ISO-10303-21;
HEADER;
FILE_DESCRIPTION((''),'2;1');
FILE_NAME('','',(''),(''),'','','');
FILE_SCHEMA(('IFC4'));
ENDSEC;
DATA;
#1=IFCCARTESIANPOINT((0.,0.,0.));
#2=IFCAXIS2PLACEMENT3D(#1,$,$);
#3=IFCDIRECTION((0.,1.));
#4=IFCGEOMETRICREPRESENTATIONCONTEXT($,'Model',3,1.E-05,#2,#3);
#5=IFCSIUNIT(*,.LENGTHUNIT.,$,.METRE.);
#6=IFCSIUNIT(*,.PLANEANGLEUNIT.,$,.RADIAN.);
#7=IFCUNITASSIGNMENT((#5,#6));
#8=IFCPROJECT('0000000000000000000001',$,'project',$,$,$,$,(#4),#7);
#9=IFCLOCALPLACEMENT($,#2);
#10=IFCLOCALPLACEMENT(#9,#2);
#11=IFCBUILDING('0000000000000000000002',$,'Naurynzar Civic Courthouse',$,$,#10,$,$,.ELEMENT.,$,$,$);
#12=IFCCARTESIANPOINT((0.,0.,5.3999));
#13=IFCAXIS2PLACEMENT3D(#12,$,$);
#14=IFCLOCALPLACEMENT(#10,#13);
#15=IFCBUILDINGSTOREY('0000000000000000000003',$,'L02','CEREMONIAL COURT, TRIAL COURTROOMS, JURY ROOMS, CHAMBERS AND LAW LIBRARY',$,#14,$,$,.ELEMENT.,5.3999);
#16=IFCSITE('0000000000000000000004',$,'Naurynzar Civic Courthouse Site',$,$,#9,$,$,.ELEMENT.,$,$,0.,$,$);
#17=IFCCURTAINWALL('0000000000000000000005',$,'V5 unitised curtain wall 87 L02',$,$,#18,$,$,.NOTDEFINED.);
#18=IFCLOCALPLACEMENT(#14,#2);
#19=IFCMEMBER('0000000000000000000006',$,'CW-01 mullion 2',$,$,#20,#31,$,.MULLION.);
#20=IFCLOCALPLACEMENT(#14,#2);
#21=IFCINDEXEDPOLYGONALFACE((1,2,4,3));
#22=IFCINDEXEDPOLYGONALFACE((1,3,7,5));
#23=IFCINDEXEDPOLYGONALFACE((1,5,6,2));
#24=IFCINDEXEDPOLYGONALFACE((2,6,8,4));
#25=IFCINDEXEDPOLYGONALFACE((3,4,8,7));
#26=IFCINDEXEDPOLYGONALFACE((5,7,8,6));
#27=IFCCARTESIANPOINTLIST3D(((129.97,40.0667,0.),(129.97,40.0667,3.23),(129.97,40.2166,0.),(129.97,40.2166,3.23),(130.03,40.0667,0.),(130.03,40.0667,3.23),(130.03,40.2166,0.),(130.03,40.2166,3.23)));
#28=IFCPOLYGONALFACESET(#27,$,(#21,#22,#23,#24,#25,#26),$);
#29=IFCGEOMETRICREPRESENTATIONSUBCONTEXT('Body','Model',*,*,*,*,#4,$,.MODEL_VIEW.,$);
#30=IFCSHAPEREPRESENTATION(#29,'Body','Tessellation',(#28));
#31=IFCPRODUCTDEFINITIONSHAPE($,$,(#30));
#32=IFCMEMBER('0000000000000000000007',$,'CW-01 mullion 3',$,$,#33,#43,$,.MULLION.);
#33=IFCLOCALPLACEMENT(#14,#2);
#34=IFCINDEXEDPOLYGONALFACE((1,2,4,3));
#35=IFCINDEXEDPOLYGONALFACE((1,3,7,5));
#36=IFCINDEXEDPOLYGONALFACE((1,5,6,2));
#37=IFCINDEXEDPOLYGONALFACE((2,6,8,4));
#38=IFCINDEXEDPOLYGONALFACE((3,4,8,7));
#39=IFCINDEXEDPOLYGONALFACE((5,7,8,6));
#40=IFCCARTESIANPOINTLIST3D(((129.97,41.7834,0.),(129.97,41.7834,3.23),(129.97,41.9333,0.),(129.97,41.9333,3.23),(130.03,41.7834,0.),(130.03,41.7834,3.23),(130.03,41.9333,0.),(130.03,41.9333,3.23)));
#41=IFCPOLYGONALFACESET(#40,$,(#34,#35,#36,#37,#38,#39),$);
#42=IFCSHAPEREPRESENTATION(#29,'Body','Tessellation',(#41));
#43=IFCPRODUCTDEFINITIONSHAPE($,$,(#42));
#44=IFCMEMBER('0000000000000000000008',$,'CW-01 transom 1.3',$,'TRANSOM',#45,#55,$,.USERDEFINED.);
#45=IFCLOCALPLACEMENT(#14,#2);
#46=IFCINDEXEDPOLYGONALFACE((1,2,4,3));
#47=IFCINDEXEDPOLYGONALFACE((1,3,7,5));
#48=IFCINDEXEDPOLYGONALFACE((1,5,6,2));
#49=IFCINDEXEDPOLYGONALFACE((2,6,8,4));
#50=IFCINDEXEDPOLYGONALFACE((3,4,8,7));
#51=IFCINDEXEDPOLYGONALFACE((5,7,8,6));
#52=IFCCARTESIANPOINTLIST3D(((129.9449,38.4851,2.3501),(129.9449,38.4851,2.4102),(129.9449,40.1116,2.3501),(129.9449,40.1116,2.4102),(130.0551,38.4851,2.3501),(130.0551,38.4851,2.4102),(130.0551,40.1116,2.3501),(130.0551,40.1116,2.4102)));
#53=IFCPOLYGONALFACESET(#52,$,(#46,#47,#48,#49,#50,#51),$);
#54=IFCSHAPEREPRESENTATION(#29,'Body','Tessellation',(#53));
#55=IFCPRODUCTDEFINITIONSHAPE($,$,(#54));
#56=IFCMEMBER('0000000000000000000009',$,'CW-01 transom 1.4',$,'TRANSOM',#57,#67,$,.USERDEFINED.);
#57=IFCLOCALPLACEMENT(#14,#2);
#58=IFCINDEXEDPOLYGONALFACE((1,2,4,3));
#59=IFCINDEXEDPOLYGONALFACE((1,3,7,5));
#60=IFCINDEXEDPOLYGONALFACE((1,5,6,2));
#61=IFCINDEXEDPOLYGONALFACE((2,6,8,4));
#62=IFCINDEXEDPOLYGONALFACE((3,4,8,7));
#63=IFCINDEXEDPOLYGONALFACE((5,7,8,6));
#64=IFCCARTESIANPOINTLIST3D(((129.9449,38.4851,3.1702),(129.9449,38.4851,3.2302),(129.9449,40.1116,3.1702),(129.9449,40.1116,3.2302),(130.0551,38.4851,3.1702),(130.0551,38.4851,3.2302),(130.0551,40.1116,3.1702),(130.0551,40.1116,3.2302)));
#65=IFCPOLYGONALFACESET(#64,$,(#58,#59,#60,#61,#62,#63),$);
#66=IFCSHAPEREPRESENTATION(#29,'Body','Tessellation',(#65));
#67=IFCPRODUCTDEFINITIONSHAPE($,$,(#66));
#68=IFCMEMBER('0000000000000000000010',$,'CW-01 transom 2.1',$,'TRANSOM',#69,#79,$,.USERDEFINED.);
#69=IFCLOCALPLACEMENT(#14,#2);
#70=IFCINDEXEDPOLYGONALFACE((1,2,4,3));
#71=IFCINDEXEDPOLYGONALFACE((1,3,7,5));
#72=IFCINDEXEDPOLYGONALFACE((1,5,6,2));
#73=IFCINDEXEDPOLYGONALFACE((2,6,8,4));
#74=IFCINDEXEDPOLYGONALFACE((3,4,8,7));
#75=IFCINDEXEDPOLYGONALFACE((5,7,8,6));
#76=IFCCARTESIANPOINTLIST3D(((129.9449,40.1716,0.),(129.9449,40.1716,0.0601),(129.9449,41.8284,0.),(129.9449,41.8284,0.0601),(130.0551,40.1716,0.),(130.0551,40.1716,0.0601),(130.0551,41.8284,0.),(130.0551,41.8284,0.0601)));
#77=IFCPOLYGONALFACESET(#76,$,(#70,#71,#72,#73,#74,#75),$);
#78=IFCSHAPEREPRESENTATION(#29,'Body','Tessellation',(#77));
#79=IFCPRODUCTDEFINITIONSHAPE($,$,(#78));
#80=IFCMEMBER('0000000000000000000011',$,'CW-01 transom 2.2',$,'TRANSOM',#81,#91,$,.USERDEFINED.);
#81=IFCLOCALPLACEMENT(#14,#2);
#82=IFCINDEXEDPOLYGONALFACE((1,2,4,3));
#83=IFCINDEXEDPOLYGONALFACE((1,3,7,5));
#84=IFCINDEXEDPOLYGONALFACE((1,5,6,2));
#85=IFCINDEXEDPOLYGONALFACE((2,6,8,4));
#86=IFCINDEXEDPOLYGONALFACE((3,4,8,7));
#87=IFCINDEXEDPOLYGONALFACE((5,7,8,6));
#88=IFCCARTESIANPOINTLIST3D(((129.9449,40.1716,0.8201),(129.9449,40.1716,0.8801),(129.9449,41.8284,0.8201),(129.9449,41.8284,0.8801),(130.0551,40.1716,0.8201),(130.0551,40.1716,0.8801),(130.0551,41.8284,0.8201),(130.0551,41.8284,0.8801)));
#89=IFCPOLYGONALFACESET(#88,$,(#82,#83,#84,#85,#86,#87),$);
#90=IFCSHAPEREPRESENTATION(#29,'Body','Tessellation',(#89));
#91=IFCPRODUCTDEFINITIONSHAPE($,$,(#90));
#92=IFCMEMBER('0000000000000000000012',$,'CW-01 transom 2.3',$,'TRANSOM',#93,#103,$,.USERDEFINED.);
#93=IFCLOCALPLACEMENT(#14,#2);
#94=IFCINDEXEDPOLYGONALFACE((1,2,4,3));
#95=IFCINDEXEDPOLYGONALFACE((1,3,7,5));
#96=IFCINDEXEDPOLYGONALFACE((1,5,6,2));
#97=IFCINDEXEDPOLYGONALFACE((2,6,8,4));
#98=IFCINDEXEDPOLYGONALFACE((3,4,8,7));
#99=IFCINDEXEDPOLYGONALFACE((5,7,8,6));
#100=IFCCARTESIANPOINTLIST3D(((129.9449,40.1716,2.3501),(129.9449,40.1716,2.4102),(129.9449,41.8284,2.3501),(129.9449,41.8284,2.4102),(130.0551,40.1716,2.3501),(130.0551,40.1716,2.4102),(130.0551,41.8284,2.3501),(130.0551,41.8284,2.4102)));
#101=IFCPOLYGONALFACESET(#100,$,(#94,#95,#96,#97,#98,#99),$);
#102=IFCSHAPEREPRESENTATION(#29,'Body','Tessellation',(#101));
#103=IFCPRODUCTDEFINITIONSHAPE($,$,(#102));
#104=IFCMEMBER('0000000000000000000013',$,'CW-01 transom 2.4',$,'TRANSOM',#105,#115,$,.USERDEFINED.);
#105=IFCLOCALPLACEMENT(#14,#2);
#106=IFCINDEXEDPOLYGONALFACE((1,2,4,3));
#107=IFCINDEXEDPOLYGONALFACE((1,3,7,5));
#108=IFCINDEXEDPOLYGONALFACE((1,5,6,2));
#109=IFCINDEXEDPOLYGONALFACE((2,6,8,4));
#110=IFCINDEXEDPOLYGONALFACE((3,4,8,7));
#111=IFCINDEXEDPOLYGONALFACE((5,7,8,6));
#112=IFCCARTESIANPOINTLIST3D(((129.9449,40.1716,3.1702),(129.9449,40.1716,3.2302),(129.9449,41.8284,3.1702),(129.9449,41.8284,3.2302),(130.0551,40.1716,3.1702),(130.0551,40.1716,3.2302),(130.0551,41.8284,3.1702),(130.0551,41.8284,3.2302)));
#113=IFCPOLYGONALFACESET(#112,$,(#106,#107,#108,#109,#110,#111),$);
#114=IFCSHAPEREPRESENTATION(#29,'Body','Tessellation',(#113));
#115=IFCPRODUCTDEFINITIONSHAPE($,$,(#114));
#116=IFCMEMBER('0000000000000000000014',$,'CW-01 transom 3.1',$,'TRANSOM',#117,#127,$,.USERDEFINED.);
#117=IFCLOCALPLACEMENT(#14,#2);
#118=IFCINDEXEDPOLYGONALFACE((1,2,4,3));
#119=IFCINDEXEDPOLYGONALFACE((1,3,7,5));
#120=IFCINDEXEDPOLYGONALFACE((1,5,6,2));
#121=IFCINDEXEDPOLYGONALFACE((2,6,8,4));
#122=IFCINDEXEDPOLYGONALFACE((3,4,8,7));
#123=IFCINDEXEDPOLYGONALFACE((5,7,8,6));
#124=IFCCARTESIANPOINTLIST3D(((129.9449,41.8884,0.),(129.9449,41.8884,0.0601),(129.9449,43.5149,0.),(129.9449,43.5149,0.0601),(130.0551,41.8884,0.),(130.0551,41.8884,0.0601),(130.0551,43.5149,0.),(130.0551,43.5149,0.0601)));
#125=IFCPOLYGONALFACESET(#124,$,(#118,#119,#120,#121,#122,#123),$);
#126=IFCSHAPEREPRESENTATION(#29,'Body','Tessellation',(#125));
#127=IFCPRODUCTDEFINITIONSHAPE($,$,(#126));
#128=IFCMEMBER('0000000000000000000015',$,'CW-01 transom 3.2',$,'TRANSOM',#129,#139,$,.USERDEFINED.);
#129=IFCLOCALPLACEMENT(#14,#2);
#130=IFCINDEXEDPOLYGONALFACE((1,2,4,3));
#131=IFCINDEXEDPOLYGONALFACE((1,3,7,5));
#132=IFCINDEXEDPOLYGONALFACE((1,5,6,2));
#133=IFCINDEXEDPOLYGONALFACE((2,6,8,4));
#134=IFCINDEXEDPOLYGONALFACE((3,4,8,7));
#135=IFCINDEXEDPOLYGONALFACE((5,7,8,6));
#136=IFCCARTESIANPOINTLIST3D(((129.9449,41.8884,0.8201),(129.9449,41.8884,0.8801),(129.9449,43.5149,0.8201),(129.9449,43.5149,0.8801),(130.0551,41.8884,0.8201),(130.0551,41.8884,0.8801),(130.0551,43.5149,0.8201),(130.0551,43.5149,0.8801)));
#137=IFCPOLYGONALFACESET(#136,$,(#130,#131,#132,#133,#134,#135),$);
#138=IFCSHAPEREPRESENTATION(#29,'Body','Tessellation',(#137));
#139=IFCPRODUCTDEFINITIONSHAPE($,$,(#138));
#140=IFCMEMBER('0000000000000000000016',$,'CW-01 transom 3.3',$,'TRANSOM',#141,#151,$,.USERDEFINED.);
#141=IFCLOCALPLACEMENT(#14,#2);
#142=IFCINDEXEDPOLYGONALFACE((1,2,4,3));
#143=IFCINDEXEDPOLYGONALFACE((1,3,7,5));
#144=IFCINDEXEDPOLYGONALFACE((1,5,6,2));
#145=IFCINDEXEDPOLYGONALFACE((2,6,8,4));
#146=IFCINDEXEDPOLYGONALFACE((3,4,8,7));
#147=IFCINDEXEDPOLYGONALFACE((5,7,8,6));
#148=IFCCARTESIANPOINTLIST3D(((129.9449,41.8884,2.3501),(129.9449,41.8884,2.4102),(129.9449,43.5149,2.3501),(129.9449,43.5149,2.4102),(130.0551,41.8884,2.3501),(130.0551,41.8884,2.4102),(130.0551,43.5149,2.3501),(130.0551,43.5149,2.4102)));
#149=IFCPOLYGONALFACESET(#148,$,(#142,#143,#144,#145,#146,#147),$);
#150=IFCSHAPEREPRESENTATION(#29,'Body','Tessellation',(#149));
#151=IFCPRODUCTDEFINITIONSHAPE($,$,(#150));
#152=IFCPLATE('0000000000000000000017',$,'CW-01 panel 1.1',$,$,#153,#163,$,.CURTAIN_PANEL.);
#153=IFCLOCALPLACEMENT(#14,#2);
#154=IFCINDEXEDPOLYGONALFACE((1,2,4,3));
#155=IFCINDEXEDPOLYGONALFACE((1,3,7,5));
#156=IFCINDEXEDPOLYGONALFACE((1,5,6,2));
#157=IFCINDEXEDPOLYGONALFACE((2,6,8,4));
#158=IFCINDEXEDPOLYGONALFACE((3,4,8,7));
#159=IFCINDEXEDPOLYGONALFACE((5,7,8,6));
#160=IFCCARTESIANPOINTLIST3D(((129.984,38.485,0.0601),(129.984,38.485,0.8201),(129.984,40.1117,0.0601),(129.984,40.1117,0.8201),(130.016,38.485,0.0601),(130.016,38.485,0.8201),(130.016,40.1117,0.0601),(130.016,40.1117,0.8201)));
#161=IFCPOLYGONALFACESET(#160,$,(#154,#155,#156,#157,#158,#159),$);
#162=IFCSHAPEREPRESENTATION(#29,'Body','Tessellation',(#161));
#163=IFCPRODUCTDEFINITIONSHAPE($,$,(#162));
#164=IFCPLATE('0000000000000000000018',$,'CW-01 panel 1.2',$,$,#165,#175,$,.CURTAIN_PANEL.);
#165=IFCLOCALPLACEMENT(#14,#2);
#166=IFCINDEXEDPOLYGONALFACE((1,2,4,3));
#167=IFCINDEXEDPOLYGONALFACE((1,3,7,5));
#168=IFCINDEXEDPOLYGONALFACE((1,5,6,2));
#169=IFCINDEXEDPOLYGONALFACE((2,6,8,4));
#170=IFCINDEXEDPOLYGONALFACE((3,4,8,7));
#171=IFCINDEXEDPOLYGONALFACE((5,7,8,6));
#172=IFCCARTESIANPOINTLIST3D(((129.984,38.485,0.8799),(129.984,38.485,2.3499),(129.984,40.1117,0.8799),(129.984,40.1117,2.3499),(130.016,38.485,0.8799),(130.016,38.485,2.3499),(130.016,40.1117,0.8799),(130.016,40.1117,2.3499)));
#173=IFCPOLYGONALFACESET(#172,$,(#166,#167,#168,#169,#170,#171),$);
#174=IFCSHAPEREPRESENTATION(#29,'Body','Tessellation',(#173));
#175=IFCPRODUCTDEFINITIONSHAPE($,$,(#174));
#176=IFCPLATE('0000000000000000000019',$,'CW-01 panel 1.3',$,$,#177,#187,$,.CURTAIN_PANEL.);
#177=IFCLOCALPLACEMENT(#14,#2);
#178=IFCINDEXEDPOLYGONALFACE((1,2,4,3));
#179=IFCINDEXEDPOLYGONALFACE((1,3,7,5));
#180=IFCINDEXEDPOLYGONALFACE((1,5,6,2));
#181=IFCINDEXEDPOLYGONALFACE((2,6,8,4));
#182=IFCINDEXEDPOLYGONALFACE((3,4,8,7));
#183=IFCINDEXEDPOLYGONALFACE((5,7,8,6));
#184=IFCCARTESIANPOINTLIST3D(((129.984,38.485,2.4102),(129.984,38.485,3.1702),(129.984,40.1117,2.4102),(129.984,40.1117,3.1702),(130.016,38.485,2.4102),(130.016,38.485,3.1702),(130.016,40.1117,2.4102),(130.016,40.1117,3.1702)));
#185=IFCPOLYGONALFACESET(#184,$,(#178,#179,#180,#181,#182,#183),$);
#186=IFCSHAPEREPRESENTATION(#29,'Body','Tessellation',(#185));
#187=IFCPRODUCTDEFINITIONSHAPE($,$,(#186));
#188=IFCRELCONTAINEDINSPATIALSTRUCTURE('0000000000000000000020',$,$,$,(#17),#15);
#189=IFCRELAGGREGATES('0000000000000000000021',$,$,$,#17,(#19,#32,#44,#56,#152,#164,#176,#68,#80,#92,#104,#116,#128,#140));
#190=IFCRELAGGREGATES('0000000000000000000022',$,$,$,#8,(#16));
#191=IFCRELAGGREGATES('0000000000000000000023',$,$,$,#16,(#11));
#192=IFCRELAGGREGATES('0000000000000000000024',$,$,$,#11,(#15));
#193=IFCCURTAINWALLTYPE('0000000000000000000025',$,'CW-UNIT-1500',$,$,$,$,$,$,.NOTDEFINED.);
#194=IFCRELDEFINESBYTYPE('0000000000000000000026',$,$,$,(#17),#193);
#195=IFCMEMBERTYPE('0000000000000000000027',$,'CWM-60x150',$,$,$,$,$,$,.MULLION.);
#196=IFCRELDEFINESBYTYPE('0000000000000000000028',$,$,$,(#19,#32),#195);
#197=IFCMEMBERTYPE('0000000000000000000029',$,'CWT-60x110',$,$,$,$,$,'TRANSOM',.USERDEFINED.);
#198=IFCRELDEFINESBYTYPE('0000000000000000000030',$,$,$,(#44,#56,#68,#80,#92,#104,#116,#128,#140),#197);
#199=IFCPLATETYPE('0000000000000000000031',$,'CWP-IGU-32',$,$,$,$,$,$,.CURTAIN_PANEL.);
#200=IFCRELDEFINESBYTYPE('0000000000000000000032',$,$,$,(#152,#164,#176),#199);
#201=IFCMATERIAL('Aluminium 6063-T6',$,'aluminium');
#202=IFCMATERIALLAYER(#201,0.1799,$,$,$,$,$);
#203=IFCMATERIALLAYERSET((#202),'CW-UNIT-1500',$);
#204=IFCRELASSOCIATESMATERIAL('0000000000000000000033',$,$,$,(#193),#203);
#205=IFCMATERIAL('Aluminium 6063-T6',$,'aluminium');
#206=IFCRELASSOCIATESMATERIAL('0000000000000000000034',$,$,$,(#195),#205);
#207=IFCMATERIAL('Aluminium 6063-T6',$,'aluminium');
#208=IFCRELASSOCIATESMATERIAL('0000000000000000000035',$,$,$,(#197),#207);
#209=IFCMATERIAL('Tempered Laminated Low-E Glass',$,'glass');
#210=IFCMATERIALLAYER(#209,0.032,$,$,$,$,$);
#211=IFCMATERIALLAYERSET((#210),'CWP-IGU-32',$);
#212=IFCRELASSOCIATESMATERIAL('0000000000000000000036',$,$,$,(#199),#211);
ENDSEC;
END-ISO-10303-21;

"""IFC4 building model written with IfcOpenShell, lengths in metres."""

from ifc_helpers import new_model, si_unit, direction, frame, origin, origin_2d, place, context, subcontext, project, spatial, rectangle, extrude, material, layer, layer_set, material_profile, profile_set, type_object, element, aggregate, save


model = new_model("IFC4")

# Units and contexts
model_context = context("Model", 3, precision=1e-05, world=origin(), true_north=direction((0.0, 1.0)))
body_context = subcontext(model_context, "Body", "Model", "MODEL_VIEW")
ifc_project = project(units=[si_unit("LENGTHUNIT", "METRE"), si_unit("PLANEANGLEUNIT", "RADIAN")], contexts=[model_context])

# Site, building, storey
site_placement = place(None, origin())
site = spatial("IfcSite", under=ifc_project, at=site_placement, Name="Naurynzar Civic Courthouse Site", CompositionType="ELEMENT", RefElevation=0.0)
building_placement = place(site_placement, origin())
building = spatial("IfcBuilding", under=site, at=building_placement, Name="Naurynzar Civic Courthouse", CompositionType="ELEMENT")
storey_placement = place(building_placement, frame((0.0, 0.0, 5.3999)))
storey = spatial("IfcBuildingStorey", under=building, at=storey_placement, Name="L02", Description="CEREMONIAL COURT, TRIAL COURTROOMS, JURY ROOMS, CHAMBERS AND LAW LIBRARY", CompositionType="ELEMENT", Elevation=5.3999)

# Curtain wall, members, plates
ifc_material_1 = material(Name="Aluminium 6063-T6", Category="aluminium")
ifc_layer_1 = layer(ifc_material_1, 0.1799)
ifc_layer_set_1 = layer_set([ifc_layer_1], Name="CW-UNIT-1500")
curtain_wall_type = type_object("IfcCurtainWallType", Name="CW-UNIT-1500", PredefinedType="NOTDEFINED", material=ifc_layer_set_1)
curtain_wall_placement = place(storey_placement, origin())
curtain_wall = element("IfcCurtainWall", 1, at=curtain_wall_placement, inside=storey, type_object=curtain_wall_type, Name="V5 unitised curtain wall 87 L02", PredefinedType="NOTDEFINED")
ifc_material_2 = material(Name="Aluminium 6063-T6", Category="aluminium")
ifc_material_profile_1 = material_profile(ifc_material_2, rectangle(XDim=0.0601, YDim=0.1499, at=origin_2d()), Name="ALU MULLION 60x150")
ifc_profile_set_1 = profile_set([ifc_material_profile_1], Name="Aluminium 6063-T6")
member_type_1 = type_object("IfcMemberType", Name="CWM-60x150", PredefinedType="MULLION", material=ifc_profile_set_1)
member_1_placement = place(storey_placement, frame((130.0, 40.1416, 0.0), z_axis=(0.0, 0.0, 1.0), x_axis=(-1.0, 0.0, 0.0)))
member_1 = element("IfcMember", 2, at=member_1_placement, type_object=member_type_1, Name="CW-01 mullion 2", PredefinedType="MULLION", context=body_context, shape_type="SweptSolid", body=[
    extrude(rectangle(XDim=0.0601, YDim=0.1499, at=origin_2d()), origin(), (0.0, 0.0, 1.0), 3.23),
])
member_2_placement = place(storey_placement, frame((130.0, 41.8584, 0.0), z_axis=(0.0, 0.0, 1.0), x_axis=(-1.0, 0.0, 0.0)))
member_2 = element("IfcMember", 3, at=member_2_placement, type_object=member_type_1, Name="CW-01 mullion 3", PredefinedType="MULLION", context=body_context, shape_type="SweptSolid", body=[
    extrude(rectangle(XDim=0.0601, YDim=0.1499, at=origin_2d()), origin(), (0.0, 0.0, 1.0), 3.23),
])
ifc_material_3 = material(Name="Aluminium 6063-T6", Category="aluminium")
ifc_material_profile_2 = material_profile(ifc_material_3, rectangle(XDim=0.1101, YDim=0.0601, at=origin_2d()), Name="ALU TRANSOM 60x110")
ifc_profile_set_2 = profile_set([ifc_material_profile_2], Name="Aluminium 6063-T6")
member_type_2 = type_object("IfcMemberType", Name="CWT-60x110", ElementType="TRANSOM", PredefinedType="USERDEFINED", material=ifc_profile_set_2)
member_3_placement = place(storey_placement, frame((130.0, 38.4851, 2.3801), z_axis=(0.0, 1.0, 0.0), x_axis=(-1.0, 0.0, 0.0)))
member_3 = element("IfcMember", 4, at=member_3_placement, type_object=member_type_2, Name="CW-01 transom 1.3", ObjectType="TRANSOM", PredefinedType="USERDEFINED", context=body_context, shape_type="SweptSolid", body=[
    extrude(rectangle(XDim=0.1101, YDim=0.0601, at=origin_2d()), origin(), (0.0, 0.0, 1.0), 1.6265),
])
member_4_placement = place(storey_placement, frame((130.0, 38.4851, 3.2002), z_axis=(0.0, 1.0, 0.0), x_axis=(-1.0, 0.0, 0.0)))
member_4 = element("IfcMember", 5, at=member_4_placement, type_object=member_type_2, Name="CW-01 transom 1.4", ObjectType="TRANSOM", PredefinedType="USERDEFINED", context=body_context, shape_type="SweptSolid", body=[
    extrude(rectangle(XDim=0.1101, YDim=0.0601, at=origin_2d()), origin(), (0.0, 0.0, 1.0), 1.6265),
])
member_5_placement = place(storey_placement, frame((130.0, 40.1716, 0.03), z_axis=(0.0, 1.0, 0.0), x_axis=(-1.0, 0.0, 0.0)))
member_5 = element("IfcMember", 6, at=member_5_placement, type_object=member_type_2, Name="CW-01 transom 2.1", ObjectType="TRANSOM", PredefinedType="USERDEFINED", context=body_context, shape_type="SweptSolid", body=[
    extrude(rectangle(XDim=0.1101, YDim=0.0601, at=origin_2d()), origin(), (0.0, 0.0, 1.0), 1.6567),
])
member_6_placement = place(storey_placement, frame((130.0, 40.1716, 0.8501), z_axis=(0.0, 1.0, 0.0), x_axis=(-1.0, 0.0, 0.0)))
member_6 = element("IfcMember", 7, at=member_6_placement, type_object=member_type_2, Name="CW-01 transom 2.2", ObjectType="TRANSOM", PredefinedType="USERDEFINED", context=body_context, shape_type="SweptSolid", body=[
    extrude(rectangle(XDim=0.1101, YDim=0.0601, at=origin_2d()), origin(), (0.0, 0.0, 1.0), 1.6567),
])
member_7_placement = place(storey_placement, frame((130.0, 40.1716, 2.3801), z_axis=(0.0, 1.0, 0.0), x_axis=(-1.0, 0.0, 0.0)))
member_7 = element("IfcMember", 8, at=member_7_placement, type_object=member_type_2, Name="CW-01 transom 2.3", ObjectType="TRANSOM", PredefinedType="USERDEFINED", context=body_context, shape_type="SweptSolid", body=[
    extrude(rectangle(XDim=0.1101, YDim=0.0601, at=origin_2d()), origin(), (0.0, 0.0, 1.0), 1.6567),
])
member_8_placement = place(storey_placement, frame((130.0, 40.1716, 3.2002), z_axis=(0.0, 1.0, 0.0), x_axis=(-1.0, 0.0, 0.0)))
member_8 = element("IfcMember", 9, at=member_8_placement, type_object=member_type_2, Name="CW-01 transom 2.4", ObjectType="TRANSOM", PredefinedType="USERDEFINED", context=body_context, shape_type="SweptSolid", body=[
    extrude(rectangle(XDim=0.1101, YDim=0.0601, at=origin_2d()), origin(), (0.0, 0.0, 1.0), 1.6567),
])
member_9_placement = place(storey_placement, frame((130.0, 41.8884, 0.03), z_axis=(0.0, 1.0, 0.0), x_axis=(-1.0, 0.0, 0.0)))
member_9 = element("IfcMember", 10, at=member_9_placement, type_object=member_type_2, Name="CW-01 transom 3.1", ObjectType="TRANSOM", PredefinedType="USERDEFINED", context=body_context, shape_type="SweptSolid", body=[
    extrude(rectangle(XDim=0.1101, YDim=0.0601, at=origin_2d()), origin(), (0.0, 0.0, 1.0), 1.6265),
])
member_10_placement = place(storey_placement, frame((130.0, 41.8884, 0.8501), z_axis=(0.0, 1.0, 0.0), x_axis=(-1.0, 0.0, 0.0)))
member_10 = element("IfcMember", 11, at=member_10_placement, type_object=member_type_2, Name="CW-01 transom 3.2", ObjectType="TRANSOM", PredefinedType="USERDEFINED", context=body_context, shape_type="SweptSolid", body=[
    extrude(rectangle(XDim=0.1101, YDim=0.0601, at=origin_2d()), origin(), (0.0, 0.0, 1.0), 1.6265),
])
member_11_placement = place(storey_placement, frame((130.0, 41.8884, 2.3801), z_axis=(0.0, 1.0, 0.0), x_axis=(-1.0, 0.0, 0.0)))
member_11 = element("IfcMember", 12, at=member_11_placement, type_object=member_type_2, Name="CW-01 transom 3.3", ObjectType="TRANSOM", PredefinedType="USERDEFINED", context=body_context, shape_type="SweptSolid", body=[
    extrude(rectangle(XDim=0.1101, YDim=0.0601, at=origin_2d()), origin(), (0.0, 0.0, 1.0), 1.6265),
])
ifc_material_4 = material(Name="Tempered Laminated Low-E Glass", Category="glass")
ifc_layer_2 = layer(ifc_material_4, 0.032)
ifc_layer_set_2 = layer_set([ifc_layer_2], Name="CWP-IGU-32")
plate_type = type_object("IfcPlateType", Name="CWP-IGU-32", PredefinedType="CURTAIN_PANEL", material=ifc_layer_set_2)
plate_1_placement = place(storey_placement, frame((130.0, 39.2983, 0.0601), z_axis=(0.0, 0.0, 1.0), x_axis=(0.0, 1.0, 0.0)))
plate_1 = element("IfcPlate", 13, at=plate_1_placement, type_object=plate_type, Name="CW-01 panel 1.1", PredefinedType="CURTAIN_PANEL", context=body_context, shape_type="SweptSolid", body=[
    extrude(rectangle(XDim=1.6267, YDim=0.032, at=origin_2d()), origin(), (0.0, 0.0, 1.0), 0.76),
])
plate_2_placement = place(storey_placement, frame((130.0, 39.2983, 0.8799), z_axis=(0.0, 0.0, 1.0), x_axis=(0.0, 1.0, 0.0)))
plate_2 = element("IfcPlate", 14, at=plate_2_placement, type_object=plate_type, Name="CW-01 panel 1.2", PredefinedType="CURTAIN_PANEL", context=body_context, shape_type="SweptSolid", body=[
    extrude(rectangle(XDim=1.6267, YDim=0.032, at=origin_2d()), origin(), (0.0, 0.0, 1.0), 1.47),
])
plate_3_placement = place(storey_placement, frame((130.0, 39.2983, 2.4102), z_axis=(0.0, 0.0, 1.0), x_axis=(0.0, 1.0, 0.0)))
plate_3 = element("IfcPlate", 15, at=plate_3_placement, type_object=plate_type, Name="CW-01 panel 1.3", PredefinedType="CURTAIN_PANEL", context=body_context, shape_type="SweptSolid", body=[
    extrude(rectangle(XDim=1.6267, YDim=0.032, at=origin_2d()), origin(), (0.0, 0.0, 1.0), 0.76),
])
aggregate(curtain_wall, [member_1, member_2, member_3, member_4, plate_1, plate_2, plate_3, member_5, member_6, member_7, member_8, member_9, member_10, member_11])

save(model, "model.ifc")
